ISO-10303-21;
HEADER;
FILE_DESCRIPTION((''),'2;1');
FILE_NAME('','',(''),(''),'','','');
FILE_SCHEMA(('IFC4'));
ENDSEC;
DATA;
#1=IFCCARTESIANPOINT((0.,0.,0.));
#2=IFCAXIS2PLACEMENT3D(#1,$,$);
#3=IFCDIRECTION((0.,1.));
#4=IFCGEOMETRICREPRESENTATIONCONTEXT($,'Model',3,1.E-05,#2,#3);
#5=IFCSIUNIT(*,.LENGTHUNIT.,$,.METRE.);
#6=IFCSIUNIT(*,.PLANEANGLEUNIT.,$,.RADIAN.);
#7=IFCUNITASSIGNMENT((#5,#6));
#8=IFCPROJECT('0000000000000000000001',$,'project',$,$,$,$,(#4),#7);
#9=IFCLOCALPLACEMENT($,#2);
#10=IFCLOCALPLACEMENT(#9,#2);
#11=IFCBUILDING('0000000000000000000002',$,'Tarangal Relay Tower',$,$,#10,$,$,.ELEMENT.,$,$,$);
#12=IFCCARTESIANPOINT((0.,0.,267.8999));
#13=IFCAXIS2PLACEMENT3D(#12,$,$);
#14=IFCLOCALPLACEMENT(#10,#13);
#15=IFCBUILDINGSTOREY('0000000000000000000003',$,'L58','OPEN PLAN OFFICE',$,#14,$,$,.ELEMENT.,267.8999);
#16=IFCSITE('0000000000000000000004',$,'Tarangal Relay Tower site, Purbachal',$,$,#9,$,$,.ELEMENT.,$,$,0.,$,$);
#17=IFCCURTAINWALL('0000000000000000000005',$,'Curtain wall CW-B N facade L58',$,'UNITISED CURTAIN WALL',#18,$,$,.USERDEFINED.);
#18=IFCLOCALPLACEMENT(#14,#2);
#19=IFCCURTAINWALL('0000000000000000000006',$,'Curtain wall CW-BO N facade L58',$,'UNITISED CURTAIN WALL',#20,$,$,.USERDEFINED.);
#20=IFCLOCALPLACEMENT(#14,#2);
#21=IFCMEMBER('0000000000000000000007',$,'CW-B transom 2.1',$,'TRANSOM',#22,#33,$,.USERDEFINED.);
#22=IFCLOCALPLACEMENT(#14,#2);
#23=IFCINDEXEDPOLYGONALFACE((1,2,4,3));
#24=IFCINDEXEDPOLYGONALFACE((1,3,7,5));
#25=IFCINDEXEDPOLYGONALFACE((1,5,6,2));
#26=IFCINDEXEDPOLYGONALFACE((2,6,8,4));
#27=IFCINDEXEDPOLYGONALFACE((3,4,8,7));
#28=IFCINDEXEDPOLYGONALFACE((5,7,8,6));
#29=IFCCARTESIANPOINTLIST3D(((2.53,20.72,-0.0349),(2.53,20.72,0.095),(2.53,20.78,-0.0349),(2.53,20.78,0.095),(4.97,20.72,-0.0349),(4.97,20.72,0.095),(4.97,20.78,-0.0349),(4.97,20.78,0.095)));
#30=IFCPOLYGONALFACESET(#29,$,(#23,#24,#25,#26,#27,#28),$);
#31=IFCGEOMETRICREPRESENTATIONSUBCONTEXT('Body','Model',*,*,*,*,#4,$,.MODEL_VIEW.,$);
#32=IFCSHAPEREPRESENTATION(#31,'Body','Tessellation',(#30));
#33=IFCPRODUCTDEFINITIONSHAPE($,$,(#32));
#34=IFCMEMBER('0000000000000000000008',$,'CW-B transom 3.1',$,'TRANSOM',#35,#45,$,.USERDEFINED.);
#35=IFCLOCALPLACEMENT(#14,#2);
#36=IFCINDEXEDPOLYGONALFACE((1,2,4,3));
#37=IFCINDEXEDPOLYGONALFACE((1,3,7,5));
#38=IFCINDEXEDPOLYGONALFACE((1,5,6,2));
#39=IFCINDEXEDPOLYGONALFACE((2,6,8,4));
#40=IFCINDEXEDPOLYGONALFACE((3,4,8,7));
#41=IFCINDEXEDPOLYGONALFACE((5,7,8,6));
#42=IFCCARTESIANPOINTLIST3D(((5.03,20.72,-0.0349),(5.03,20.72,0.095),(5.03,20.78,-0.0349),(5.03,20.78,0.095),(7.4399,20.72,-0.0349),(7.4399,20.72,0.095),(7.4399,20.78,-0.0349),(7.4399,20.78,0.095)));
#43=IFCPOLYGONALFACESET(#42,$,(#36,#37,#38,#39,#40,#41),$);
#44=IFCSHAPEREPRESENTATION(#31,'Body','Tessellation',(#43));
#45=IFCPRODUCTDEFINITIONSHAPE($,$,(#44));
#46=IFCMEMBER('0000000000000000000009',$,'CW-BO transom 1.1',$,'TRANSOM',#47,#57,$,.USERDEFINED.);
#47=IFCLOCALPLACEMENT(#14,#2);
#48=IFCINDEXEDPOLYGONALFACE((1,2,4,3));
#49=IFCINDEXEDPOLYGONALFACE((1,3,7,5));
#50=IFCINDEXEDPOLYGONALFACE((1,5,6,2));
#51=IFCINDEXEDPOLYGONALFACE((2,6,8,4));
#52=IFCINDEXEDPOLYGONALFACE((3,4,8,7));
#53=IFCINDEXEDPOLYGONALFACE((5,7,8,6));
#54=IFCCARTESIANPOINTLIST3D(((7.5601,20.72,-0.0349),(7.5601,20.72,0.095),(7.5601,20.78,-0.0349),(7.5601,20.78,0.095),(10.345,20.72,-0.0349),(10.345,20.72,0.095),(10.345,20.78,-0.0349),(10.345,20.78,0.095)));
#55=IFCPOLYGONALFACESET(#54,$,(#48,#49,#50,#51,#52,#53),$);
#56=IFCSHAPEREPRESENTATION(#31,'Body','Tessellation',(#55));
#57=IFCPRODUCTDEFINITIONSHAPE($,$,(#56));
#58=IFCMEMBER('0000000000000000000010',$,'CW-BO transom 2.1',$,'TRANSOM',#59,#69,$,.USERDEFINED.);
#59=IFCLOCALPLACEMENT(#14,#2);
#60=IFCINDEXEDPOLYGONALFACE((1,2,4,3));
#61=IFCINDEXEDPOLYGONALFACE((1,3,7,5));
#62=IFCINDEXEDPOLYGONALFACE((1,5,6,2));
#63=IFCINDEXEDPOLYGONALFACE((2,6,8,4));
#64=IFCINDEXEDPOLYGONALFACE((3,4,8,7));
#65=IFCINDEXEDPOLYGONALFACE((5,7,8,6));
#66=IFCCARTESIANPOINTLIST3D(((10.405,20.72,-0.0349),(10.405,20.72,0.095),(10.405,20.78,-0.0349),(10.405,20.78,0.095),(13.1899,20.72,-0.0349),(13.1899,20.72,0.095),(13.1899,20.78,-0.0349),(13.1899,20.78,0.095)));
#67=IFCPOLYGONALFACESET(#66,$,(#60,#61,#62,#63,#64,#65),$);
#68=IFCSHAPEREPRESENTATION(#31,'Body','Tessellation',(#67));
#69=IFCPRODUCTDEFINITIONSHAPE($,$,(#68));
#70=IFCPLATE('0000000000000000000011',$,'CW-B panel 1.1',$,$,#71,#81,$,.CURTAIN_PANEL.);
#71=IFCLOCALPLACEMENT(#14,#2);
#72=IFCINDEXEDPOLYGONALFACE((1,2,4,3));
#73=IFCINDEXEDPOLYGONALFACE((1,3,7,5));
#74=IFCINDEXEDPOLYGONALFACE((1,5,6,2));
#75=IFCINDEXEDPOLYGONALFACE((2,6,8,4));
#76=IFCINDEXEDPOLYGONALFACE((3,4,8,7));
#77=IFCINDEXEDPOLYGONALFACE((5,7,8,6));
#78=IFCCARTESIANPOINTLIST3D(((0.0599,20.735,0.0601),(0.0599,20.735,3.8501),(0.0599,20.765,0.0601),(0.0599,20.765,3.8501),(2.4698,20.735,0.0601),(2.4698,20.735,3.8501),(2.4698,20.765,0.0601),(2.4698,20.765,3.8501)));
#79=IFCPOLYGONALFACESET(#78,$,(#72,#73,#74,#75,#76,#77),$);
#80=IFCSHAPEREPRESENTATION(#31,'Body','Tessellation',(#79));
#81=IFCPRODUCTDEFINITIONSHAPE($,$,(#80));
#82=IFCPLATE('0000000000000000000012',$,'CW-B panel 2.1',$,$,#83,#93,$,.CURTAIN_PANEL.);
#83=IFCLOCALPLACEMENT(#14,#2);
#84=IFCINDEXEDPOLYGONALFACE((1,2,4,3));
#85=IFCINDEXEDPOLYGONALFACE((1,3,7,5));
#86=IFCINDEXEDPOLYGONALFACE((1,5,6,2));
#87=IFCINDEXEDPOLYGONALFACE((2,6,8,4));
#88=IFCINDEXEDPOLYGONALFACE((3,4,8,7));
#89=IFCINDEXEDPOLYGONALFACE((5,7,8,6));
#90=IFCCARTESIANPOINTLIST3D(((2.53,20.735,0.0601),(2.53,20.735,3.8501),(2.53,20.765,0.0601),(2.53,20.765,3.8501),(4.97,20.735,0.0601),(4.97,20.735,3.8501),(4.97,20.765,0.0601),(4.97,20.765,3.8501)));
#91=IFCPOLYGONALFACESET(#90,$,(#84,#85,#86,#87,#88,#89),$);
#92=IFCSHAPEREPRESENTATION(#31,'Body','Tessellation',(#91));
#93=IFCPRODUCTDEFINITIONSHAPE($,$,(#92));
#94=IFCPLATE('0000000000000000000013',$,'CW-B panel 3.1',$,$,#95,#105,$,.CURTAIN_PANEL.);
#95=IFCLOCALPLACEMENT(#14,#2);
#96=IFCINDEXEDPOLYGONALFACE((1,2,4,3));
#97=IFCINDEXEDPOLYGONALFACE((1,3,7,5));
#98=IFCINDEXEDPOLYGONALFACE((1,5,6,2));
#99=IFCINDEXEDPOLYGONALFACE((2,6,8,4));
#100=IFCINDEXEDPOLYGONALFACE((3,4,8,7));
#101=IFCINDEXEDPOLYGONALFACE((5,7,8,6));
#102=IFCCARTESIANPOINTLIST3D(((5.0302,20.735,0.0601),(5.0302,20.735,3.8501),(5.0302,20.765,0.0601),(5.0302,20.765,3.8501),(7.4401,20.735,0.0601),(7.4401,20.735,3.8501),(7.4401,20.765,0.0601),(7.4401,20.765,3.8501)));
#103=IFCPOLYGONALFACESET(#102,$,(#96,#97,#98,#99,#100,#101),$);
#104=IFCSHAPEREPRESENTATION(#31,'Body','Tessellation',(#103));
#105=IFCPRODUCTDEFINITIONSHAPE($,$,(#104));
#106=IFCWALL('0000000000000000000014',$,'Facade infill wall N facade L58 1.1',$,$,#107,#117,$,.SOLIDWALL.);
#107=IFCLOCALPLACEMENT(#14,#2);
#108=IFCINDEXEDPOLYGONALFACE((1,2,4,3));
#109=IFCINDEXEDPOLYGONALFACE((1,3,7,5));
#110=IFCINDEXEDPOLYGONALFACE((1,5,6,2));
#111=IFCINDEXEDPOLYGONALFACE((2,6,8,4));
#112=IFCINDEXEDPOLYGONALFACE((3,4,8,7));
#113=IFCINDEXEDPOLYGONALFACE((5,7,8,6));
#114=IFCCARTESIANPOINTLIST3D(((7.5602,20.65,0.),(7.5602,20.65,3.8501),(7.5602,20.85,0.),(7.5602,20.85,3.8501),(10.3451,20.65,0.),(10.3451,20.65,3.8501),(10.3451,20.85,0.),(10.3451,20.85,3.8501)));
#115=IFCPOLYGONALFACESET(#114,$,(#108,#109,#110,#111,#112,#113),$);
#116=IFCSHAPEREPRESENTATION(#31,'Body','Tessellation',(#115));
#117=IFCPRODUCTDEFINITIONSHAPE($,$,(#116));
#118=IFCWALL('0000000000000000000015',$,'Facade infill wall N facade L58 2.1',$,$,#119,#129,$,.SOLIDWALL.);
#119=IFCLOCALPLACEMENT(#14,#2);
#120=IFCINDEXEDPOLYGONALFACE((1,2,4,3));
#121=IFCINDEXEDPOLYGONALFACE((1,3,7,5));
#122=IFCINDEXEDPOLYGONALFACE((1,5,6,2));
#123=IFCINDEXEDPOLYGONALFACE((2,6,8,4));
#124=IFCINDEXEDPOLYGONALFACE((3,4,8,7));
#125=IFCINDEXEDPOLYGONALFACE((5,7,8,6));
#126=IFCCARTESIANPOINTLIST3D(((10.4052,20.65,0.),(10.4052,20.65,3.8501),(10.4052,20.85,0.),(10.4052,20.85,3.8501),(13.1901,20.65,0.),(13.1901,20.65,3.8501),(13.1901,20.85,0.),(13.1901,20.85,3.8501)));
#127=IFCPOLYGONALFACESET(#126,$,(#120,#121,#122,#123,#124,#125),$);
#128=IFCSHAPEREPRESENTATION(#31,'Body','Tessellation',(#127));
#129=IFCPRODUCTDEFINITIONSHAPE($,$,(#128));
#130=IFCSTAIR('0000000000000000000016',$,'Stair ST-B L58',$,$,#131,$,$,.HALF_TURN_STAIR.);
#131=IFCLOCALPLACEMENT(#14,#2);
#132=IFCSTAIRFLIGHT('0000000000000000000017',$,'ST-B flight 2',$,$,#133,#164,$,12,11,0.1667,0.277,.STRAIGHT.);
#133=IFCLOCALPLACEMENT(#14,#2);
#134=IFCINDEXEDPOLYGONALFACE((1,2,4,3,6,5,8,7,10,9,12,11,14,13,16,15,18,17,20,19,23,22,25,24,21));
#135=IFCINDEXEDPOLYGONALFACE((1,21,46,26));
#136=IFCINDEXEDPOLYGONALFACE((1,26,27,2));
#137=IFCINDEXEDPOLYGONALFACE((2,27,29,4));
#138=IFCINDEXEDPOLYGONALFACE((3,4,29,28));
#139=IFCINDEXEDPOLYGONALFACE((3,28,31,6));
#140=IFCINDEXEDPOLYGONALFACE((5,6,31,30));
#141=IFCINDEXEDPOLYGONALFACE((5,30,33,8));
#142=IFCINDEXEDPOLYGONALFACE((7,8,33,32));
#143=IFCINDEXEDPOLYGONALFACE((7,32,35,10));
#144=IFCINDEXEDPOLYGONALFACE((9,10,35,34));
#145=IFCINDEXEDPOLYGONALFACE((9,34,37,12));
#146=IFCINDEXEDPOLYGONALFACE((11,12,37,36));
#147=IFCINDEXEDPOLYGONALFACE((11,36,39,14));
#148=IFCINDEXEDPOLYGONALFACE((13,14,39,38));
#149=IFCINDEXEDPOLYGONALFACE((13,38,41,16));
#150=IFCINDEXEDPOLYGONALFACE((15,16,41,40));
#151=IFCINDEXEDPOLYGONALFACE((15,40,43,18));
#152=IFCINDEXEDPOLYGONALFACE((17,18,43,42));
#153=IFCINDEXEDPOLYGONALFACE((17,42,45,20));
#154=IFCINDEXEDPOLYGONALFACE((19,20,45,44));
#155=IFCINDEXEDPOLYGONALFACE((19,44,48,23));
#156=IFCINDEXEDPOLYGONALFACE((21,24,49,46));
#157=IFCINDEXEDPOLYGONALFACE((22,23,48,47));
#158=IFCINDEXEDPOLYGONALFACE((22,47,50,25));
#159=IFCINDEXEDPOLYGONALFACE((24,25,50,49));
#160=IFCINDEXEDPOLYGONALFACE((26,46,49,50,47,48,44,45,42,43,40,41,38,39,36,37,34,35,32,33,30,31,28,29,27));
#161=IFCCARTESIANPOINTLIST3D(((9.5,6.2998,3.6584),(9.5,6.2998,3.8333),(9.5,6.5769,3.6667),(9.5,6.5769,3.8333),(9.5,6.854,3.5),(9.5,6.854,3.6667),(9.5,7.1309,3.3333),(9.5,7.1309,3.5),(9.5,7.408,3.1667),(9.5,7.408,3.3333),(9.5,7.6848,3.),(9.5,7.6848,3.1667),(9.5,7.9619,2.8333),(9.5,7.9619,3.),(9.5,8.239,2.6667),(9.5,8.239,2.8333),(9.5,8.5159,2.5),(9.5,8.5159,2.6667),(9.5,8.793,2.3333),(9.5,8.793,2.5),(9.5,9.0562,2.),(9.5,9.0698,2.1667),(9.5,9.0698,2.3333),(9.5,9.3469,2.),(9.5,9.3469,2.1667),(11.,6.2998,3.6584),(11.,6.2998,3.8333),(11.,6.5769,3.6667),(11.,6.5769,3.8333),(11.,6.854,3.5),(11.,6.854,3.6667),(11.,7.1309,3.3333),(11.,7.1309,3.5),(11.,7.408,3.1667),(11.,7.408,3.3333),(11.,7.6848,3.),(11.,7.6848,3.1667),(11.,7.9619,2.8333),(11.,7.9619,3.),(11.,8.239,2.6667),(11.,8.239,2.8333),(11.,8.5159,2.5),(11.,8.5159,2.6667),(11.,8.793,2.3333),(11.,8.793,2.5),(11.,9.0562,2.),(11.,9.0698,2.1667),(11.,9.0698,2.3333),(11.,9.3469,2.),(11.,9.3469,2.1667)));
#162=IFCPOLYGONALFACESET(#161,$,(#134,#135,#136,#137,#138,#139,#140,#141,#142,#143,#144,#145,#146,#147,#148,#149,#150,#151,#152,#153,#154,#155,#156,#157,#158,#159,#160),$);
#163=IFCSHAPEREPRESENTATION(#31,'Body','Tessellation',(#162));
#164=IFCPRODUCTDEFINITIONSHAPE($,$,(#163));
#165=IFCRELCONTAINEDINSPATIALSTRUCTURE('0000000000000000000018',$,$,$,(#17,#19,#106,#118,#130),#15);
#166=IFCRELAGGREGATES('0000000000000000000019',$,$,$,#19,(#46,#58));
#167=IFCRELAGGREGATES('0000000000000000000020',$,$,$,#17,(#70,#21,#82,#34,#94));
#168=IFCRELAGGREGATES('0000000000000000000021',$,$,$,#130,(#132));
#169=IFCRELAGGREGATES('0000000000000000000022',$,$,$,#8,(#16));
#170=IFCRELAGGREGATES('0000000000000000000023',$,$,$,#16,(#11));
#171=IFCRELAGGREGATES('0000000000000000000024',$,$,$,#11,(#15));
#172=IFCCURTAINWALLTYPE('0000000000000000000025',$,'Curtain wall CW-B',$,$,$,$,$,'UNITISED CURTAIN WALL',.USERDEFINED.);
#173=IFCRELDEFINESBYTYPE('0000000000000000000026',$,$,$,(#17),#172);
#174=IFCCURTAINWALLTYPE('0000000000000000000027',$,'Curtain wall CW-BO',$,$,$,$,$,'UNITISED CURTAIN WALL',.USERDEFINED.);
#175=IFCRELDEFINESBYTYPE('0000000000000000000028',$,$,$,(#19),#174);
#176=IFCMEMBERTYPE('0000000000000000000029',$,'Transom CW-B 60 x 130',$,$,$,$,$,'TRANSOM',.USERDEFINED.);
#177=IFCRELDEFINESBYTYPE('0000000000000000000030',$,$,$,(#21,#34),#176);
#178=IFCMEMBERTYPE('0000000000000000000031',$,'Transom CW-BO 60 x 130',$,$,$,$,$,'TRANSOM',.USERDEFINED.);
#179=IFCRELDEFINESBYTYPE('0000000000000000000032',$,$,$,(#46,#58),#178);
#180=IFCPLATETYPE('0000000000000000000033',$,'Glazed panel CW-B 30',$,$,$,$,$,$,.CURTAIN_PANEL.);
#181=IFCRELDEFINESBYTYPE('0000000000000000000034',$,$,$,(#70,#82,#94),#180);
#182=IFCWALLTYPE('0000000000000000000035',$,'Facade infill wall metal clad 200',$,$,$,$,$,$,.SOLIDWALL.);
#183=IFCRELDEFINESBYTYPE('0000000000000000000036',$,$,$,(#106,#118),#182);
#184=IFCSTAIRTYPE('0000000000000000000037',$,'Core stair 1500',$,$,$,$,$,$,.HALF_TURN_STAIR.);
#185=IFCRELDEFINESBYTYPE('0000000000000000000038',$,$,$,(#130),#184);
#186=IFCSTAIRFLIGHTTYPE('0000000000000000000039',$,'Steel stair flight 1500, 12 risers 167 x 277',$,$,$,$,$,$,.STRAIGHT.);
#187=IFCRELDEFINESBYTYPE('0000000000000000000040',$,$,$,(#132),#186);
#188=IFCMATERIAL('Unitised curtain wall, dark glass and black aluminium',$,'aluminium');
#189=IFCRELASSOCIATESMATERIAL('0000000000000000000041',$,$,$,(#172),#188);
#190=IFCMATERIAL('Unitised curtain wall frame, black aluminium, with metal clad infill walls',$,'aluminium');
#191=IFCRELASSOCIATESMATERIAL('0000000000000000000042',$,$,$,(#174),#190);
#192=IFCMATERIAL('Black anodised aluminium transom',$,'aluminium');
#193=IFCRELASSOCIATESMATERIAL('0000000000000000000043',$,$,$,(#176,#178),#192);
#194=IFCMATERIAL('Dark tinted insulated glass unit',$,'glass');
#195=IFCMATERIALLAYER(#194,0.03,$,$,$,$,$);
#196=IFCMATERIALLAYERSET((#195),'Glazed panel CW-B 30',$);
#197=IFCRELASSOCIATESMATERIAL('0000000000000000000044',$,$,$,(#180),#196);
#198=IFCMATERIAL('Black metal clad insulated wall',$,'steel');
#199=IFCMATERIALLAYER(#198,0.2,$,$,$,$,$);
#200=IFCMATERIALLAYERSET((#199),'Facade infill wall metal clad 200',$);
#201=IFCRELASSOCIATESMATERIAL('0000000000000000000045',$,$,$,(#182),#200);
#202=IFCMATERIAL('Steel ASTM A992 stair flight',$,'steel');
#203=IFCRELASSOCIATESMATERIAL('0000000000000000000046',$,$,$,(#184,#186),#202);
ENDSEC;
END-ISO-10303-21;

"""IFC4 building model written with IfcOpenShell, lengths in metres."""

from ifc_helpers import new_model, si_unit, direction, frame, frame_2d, origin, origin_2d, place, context, subcontext, project, spatial, polyline, rectangle, outline, extrude, material, layer, layer_set, material_profile, profile_set, type_object, element, aggregate, save


model = new_model("IFC4")

# Units and contexts
model_context = context("Model", 3, precision=1e-05, world=origin(), true_north=direction((0.0, 1.0)))
body_context = subcontext(model_context, "Body", "Model", "MODEL_VIEW")
ifc_project = project(units=[si_unit("LENGTHUNIT", "METRE"), si_unit("PLANEANGLEUNIT", "RADIAN")], contexts=[model_context])

# Site, building, storey
site_placement = place(None, origin())
site = spatial("IfcSite", under=ifc_project, at=site_placement, Name="Tarangal Relay Tower site, Purbachal", CompositionType="ELEMENT", RefElevation=0.0)
building_placement = place(site_placement, origin())
building = spatial("IfcBuilding", under=site, at=building_placement, Name="Tarangal Relay Tower", CompositionType="ELEMENT")
storey_placement = place(building_placement, frame((0.0, 0.0, 267.8999)))
storey = spatial("IfcBuildingStorey", under=building, at=storey_placement, Name="L58", Description="OPEN PLAN OFFICE", CompositionType="ELEMENT", Elevation=267.8999)

# Curtain walls
ifc_material_1 = material(Name="Unitised curtain wall, dark glass and black aluminium", Category="aluminium")
curtain_wall_type_1 = type_object("IfcCurtainWallType", Name="Curtain wall CW-B", ElementType="UNITISED CURTAIN WALL", PredefinedType="USERDEFINED", material=ifc_material_1)
curtain_wall_1_placement = place(storey_placement, origin())
curtain_wall_1 = element("IfcCurtainWall", 1, at=curtain_wall_1_placement, inside=storey, type_object=curtain_wall_type_1, Name="Curtain wall CW-B N facade L58", ObjectType="UNITISED CURTAIN WALL", PredefinedType="USERDEFINED")
ifc_material_2 = material(Name="Unitised curtain wall frame, black aluminium, with metal clad infill walls", Category="aluminium")
curtain_wall_type_2 = type_object("IfcCurtainWallType", Name="Curtain wall CW-BO", ElementType="UNITISED CURTAIN WALL", PredefinedType="USERDEFINED", material=ifc_material_2)
curtain_wall_2_placement = place(storey_placement, origin())
curtain_wall_2 = element("IfcCurtainWall", 2, at=curtain_wall_2_placement, inside=storey, type_object=curtain_wall_type_2, Name="Curtain wall CW-BO N facade L58", ObjectType="UNITISED CURTAIN WALL", PredefinedType="USERDEFINED")

# Members
ifc_material_3 = material(Name="Black anodised aluminium transom", Category="aluminium")
ifc_material_profile_1 = material_profile(ifc_material_3, rectangle(XDim=0.0601, YDim=0.1299, at=origin_2d()), Name="CW-BT 60X130")
ifc_profile_set_1 = profile_set([ifc_material_profile_1], Name="Black anodised aluminium transom")
member_type_1 = type_object("IfcMemberType", Name="Transom CW-B 60 x 130", ElementType="TRANSOM", PredefinedType="USERDEFINED", material=ifc_profile_set_1)
member_1_placement = place(storey_placement, frame((2.53, 20.75, 0.03), z_axis=(1.0, 0.0, 0.0), x_axis=(0.0, 1.0, 0.0)))
member_1 = element("IfcMember", 3, at=member_1_placement, type_object=member_type_1, Name="CW-B transom 2.1", ObjectType="TRANSOM", PredefinedType="USERDEFINED", context=body_context, shape_type="SweptSolid", body=[
    extrude(rectangle(XDim=0.0601, YDim=0.1299, at=origin_2d()), origin(), (0.0, 0.0, 1.0), 2.4399),
])
member_2_placement = place(storey_placement, frame((5.03, 20.75, 0.03), z_axis=(1.0, 0.0, 0.0), x_axis=(0.0, 1.0, 0.0)))
member_2 = element("IfcMember", 4, at=member_2_placement, type_object=member_type_1, Name="CW-B transom 3.1", ObjectType="TRANSOM", PredefinedType="USERDEFINED", context=body_context, shape_type="SweptSolid", body=[
    extrude(rectangle(XDim=0.0601, YDim=0.1299, at=origin_2d()), origin(), (0.0, 0.0, 1.0), 2.4099),
])
ifc_material_profile_2 = material_profile(ifc_material_3, rectangle(XDim=0.0601, YDim=0.1299, at=origin_2d()), Name="CW-BOT 60X130")
ifc_profile_set_2 = profile_set([ifc_material_profile_2], Name="Black anodised aluminium transom")
member_type_2 = type_object("IfcMemberType", Name="Transom CW-BO 60 x 130", ElementType="TRANSOM", PredefinedType="USERDEFINED", material=ifc_profile_set_2)
member_3_placement = place(storey_placement, frame((7.5601, 20.75, 0.03), z_axis=(1.0, 0.0, 0.0), x_axis=(0.0, 1.0, 0.0)))
member_3 = element("IfcMember", 5, at=member_3_placement, type_object=member_type_2, Name="CW-BO transom 1.1", ObjectType="TRANSOM", PredefinedType="USERDEFINED", context=body_context, shape_type="SweptSolid", body=[
    extrude(rectangle(XDim=0.0601, YDim=0.1299, at=origin_2d()), origin(), (0.0, 0.0, 1.0), 2.7849),
])
member_4_placement = place(storey_placement, frame((10.405, 20.75, 0.03), z_axis=(1.0, 0.0, 0.0), x_axis=(0.0, 1.0, 0.0)))
member_4 = element("IfcMember", 6, at=member_4_placement, type_object=member_type_2, Name="CW-BO transom 2.1", ObjectType="TRANSOM", PredefinedType="USERDEFINED", context=body_context, shape_type="SweptSolid", body=[
    extrude(rectangle(XDim=0.0601, YDim=0.1299, at=origin_2d()), origin(), (0.0, 0.0, 1.0), 2.7849),
])
aggregate(curtain_wall_2, [member_3, member_4])

# Plates
ifc_material_4 = material(Name="Dark tinted insulated glass unit", Category="glass")
ifc_layer_1 = layer(ifc_material_4, 0.03)
ifc_layer_set_1 = layer_set([ifc_layer_1], Name="Glazed panel CW-B 30")
plate_type = type_object("IfcPlateType", Name="Glazed panel CW-B 30", PredefinedType="CURTAIN_PANEL", material=ifc_layer_set_1)
plate_1_placement = place(storey_placement, frame((1.2649, 20.75, 0.0601), z_axis=(0.0, 0.0, 1.0), x_axis=(1.0, 0.0, 0.0)))
plate_1 = element("IfcPlate", 7, at=plate_1_placement, type_object=plate_type, Name="CW-B panel 1.1", PredefinedType="CURTAIN_PANEL", context=body_context, shape_type="SweptSolid", body=[
    extrude(rectangle(XDim=2.4099, YDim=0.03, at=origin_2d()), origin(), (0.0, 0.0, 1.0), 3.79),
])
plate_2_placement = place(storey_placement, frame((3.75, 20.75, 0.0601), z_axis=(0.0, 0.0, 1.0), x_axis=(1.0, 0.0, 0.0)))
plate_2 = element("IfcPlate", 8, at=plate_2_placement, type_object=plate_type, Name="CW-B panel 2.1", PredefinedType="CURTAIN_PANEL", context=body_context, shape_type="SweptSolid", body=[
    extrude(rectangle(XDim=2.4399, YDim=0.03, at=origin_2d()), origin(), (0.0, 0.0, 1.0), 3.79),
])
plate_3_placement = place(storey_placement, frame((6.2351, 20.75, 0.0601), z_axis=(0.0, 0.0, 1.0), x_axis=(1.0, 0.0, 0.0)))
plate_3 = element("IfcPlate", 9, at=plate_3_placement, type_object=plate_type, Name="CW-B panel 3.1", PredefinedType="CURTAIN_PANEL", context=body_context, shape_type="SweptSolid", body=[
    extrude(rectangle(XDim=2.4099, YDim=0.03, at=origin_2d()), origin(), (0.0, 0.0, 1.0), 3.79),
])
aggregate(curtain_wall_1, [plate_1, member_1, plate_2, member_2, plate_3])

# Walls
ifc_material_5 = material(Name="Black metal clad insulated wall", Category="steel")
ifc_layer_2 = layer(ifc_material_5, 0.2)
ifc_layer_set_2 = layer_set([ifc_layer_2], Name="Facade infill wall metal clad 200")
wall_type = type_object("IfcWallType", Name="Facade infill wall metal clad 200", PredefinedType="SOLIDWALL", material=ifc_layer_set_2)
for number, where, z_axis, x_axis, name in (
    (10, (7.5601, 20.75, 0.0), (0.0, 0.0, 1.0), (1.0, 0.0, 0.0), "Facade infill wall N facade L58 1.1"),
    (11, (10.405, 20.75, 0.0), (0.0, 0.0, 1.0), (1.0, 0.0, 0.0), "Facade infill wall N facade L58 2.1"),
):
    element("IfcWall", number, at=place(storey_placement, frame(where, z_axis=z_axis, x_axis=x_axis)), inside=storey, type_object=wall_type, Name=name, PredefinedType="SOLIDWALL", context=body_context, shape_type="SweptSolid", body=[
        extrude(rectangle(XDim=2.7849, YDim=0.2, at=frame_2d((1.3926, 0.0))), origin(), (0.0, 0.0, 1.0), 3.8501),
    ])

# Stair, stair flight
ifc_material_6 = material(Name="Steel ASTM A992 stair flight", Category="steel")
stair_type = type_object("IfcStairType", Name="Core stair 1500", PredefinedType="HALF_TURN_STAIR", material=ifc_material_6)
stair_placement = place(storey_placement, origin())
stair = element("IfcStair", 12, at=stair_placement, inside=storey, type_object=stair_type, Name="Stair ST-B L58", PredefinedType="HALF_TURN_STAIR")
stair_flight_type = type_object("IfcStairFlightType", Name="Steel stair flight 1500, 12 risers 167 x 277", PredefinedType="STRAIGHT", material=ifc_material_6)
stair_flight_placement = place(storey_placement, frame((10.25, 9.3469, 2.0), z_axis=(0.0, 0.0, 1.0), x_axis=(0.0, -1.0, 0.0)))
stair_flight = element("IfcStairFlight", 13, at=stair_flight_placement, type_object=stair_flight_type, Name="ST-B flight 2", NumberOfRisers=12, NumberOfTreads=11, PredefinedType="STRAIGHT", RiserHeight=0.1667, TreadLength=0.277, context=body_context, shape_type="SweptSolid", body=[
    extrude(outline(polyline([(0.0, 0.0), (0.0, 0.1667), (0.2771, 0.1667), (0.2771, 0.3333), (0.554, 0.3333), (0.554, 0.5), (0.8311, 0.5), (0.8311, 0.6667), (1.1079, 0.6667), (1.1079, 0.8333), (1.385, 0.8333), (1.385, 1.0), (1.6621, 1.0), (1.6621, 1.1667), (1.939, 1.1667), (1.939, 1.3333), (2.2161, 1.3333), (2.2161, 1.5), (2.4929, 1.5), (2.4929, 1.6667), (2.77, 1.6667), (2.77, 1.8333), (3.0471, 1.8333), (3.0471, 2.0), (3.0471, 1.6584), (0.2908, 0.0), (0.0, 0.0)])), frame((0.0, 0.75, 0.0), z_axis=(0.0, -1.0, 0.0), x_axis=(1.0, 0.0, 0.0)), (0.0, 0.0, 1.0), 1.5),
])
aggregate(stair, [stair_flight])

save(model, "model.ifc")
